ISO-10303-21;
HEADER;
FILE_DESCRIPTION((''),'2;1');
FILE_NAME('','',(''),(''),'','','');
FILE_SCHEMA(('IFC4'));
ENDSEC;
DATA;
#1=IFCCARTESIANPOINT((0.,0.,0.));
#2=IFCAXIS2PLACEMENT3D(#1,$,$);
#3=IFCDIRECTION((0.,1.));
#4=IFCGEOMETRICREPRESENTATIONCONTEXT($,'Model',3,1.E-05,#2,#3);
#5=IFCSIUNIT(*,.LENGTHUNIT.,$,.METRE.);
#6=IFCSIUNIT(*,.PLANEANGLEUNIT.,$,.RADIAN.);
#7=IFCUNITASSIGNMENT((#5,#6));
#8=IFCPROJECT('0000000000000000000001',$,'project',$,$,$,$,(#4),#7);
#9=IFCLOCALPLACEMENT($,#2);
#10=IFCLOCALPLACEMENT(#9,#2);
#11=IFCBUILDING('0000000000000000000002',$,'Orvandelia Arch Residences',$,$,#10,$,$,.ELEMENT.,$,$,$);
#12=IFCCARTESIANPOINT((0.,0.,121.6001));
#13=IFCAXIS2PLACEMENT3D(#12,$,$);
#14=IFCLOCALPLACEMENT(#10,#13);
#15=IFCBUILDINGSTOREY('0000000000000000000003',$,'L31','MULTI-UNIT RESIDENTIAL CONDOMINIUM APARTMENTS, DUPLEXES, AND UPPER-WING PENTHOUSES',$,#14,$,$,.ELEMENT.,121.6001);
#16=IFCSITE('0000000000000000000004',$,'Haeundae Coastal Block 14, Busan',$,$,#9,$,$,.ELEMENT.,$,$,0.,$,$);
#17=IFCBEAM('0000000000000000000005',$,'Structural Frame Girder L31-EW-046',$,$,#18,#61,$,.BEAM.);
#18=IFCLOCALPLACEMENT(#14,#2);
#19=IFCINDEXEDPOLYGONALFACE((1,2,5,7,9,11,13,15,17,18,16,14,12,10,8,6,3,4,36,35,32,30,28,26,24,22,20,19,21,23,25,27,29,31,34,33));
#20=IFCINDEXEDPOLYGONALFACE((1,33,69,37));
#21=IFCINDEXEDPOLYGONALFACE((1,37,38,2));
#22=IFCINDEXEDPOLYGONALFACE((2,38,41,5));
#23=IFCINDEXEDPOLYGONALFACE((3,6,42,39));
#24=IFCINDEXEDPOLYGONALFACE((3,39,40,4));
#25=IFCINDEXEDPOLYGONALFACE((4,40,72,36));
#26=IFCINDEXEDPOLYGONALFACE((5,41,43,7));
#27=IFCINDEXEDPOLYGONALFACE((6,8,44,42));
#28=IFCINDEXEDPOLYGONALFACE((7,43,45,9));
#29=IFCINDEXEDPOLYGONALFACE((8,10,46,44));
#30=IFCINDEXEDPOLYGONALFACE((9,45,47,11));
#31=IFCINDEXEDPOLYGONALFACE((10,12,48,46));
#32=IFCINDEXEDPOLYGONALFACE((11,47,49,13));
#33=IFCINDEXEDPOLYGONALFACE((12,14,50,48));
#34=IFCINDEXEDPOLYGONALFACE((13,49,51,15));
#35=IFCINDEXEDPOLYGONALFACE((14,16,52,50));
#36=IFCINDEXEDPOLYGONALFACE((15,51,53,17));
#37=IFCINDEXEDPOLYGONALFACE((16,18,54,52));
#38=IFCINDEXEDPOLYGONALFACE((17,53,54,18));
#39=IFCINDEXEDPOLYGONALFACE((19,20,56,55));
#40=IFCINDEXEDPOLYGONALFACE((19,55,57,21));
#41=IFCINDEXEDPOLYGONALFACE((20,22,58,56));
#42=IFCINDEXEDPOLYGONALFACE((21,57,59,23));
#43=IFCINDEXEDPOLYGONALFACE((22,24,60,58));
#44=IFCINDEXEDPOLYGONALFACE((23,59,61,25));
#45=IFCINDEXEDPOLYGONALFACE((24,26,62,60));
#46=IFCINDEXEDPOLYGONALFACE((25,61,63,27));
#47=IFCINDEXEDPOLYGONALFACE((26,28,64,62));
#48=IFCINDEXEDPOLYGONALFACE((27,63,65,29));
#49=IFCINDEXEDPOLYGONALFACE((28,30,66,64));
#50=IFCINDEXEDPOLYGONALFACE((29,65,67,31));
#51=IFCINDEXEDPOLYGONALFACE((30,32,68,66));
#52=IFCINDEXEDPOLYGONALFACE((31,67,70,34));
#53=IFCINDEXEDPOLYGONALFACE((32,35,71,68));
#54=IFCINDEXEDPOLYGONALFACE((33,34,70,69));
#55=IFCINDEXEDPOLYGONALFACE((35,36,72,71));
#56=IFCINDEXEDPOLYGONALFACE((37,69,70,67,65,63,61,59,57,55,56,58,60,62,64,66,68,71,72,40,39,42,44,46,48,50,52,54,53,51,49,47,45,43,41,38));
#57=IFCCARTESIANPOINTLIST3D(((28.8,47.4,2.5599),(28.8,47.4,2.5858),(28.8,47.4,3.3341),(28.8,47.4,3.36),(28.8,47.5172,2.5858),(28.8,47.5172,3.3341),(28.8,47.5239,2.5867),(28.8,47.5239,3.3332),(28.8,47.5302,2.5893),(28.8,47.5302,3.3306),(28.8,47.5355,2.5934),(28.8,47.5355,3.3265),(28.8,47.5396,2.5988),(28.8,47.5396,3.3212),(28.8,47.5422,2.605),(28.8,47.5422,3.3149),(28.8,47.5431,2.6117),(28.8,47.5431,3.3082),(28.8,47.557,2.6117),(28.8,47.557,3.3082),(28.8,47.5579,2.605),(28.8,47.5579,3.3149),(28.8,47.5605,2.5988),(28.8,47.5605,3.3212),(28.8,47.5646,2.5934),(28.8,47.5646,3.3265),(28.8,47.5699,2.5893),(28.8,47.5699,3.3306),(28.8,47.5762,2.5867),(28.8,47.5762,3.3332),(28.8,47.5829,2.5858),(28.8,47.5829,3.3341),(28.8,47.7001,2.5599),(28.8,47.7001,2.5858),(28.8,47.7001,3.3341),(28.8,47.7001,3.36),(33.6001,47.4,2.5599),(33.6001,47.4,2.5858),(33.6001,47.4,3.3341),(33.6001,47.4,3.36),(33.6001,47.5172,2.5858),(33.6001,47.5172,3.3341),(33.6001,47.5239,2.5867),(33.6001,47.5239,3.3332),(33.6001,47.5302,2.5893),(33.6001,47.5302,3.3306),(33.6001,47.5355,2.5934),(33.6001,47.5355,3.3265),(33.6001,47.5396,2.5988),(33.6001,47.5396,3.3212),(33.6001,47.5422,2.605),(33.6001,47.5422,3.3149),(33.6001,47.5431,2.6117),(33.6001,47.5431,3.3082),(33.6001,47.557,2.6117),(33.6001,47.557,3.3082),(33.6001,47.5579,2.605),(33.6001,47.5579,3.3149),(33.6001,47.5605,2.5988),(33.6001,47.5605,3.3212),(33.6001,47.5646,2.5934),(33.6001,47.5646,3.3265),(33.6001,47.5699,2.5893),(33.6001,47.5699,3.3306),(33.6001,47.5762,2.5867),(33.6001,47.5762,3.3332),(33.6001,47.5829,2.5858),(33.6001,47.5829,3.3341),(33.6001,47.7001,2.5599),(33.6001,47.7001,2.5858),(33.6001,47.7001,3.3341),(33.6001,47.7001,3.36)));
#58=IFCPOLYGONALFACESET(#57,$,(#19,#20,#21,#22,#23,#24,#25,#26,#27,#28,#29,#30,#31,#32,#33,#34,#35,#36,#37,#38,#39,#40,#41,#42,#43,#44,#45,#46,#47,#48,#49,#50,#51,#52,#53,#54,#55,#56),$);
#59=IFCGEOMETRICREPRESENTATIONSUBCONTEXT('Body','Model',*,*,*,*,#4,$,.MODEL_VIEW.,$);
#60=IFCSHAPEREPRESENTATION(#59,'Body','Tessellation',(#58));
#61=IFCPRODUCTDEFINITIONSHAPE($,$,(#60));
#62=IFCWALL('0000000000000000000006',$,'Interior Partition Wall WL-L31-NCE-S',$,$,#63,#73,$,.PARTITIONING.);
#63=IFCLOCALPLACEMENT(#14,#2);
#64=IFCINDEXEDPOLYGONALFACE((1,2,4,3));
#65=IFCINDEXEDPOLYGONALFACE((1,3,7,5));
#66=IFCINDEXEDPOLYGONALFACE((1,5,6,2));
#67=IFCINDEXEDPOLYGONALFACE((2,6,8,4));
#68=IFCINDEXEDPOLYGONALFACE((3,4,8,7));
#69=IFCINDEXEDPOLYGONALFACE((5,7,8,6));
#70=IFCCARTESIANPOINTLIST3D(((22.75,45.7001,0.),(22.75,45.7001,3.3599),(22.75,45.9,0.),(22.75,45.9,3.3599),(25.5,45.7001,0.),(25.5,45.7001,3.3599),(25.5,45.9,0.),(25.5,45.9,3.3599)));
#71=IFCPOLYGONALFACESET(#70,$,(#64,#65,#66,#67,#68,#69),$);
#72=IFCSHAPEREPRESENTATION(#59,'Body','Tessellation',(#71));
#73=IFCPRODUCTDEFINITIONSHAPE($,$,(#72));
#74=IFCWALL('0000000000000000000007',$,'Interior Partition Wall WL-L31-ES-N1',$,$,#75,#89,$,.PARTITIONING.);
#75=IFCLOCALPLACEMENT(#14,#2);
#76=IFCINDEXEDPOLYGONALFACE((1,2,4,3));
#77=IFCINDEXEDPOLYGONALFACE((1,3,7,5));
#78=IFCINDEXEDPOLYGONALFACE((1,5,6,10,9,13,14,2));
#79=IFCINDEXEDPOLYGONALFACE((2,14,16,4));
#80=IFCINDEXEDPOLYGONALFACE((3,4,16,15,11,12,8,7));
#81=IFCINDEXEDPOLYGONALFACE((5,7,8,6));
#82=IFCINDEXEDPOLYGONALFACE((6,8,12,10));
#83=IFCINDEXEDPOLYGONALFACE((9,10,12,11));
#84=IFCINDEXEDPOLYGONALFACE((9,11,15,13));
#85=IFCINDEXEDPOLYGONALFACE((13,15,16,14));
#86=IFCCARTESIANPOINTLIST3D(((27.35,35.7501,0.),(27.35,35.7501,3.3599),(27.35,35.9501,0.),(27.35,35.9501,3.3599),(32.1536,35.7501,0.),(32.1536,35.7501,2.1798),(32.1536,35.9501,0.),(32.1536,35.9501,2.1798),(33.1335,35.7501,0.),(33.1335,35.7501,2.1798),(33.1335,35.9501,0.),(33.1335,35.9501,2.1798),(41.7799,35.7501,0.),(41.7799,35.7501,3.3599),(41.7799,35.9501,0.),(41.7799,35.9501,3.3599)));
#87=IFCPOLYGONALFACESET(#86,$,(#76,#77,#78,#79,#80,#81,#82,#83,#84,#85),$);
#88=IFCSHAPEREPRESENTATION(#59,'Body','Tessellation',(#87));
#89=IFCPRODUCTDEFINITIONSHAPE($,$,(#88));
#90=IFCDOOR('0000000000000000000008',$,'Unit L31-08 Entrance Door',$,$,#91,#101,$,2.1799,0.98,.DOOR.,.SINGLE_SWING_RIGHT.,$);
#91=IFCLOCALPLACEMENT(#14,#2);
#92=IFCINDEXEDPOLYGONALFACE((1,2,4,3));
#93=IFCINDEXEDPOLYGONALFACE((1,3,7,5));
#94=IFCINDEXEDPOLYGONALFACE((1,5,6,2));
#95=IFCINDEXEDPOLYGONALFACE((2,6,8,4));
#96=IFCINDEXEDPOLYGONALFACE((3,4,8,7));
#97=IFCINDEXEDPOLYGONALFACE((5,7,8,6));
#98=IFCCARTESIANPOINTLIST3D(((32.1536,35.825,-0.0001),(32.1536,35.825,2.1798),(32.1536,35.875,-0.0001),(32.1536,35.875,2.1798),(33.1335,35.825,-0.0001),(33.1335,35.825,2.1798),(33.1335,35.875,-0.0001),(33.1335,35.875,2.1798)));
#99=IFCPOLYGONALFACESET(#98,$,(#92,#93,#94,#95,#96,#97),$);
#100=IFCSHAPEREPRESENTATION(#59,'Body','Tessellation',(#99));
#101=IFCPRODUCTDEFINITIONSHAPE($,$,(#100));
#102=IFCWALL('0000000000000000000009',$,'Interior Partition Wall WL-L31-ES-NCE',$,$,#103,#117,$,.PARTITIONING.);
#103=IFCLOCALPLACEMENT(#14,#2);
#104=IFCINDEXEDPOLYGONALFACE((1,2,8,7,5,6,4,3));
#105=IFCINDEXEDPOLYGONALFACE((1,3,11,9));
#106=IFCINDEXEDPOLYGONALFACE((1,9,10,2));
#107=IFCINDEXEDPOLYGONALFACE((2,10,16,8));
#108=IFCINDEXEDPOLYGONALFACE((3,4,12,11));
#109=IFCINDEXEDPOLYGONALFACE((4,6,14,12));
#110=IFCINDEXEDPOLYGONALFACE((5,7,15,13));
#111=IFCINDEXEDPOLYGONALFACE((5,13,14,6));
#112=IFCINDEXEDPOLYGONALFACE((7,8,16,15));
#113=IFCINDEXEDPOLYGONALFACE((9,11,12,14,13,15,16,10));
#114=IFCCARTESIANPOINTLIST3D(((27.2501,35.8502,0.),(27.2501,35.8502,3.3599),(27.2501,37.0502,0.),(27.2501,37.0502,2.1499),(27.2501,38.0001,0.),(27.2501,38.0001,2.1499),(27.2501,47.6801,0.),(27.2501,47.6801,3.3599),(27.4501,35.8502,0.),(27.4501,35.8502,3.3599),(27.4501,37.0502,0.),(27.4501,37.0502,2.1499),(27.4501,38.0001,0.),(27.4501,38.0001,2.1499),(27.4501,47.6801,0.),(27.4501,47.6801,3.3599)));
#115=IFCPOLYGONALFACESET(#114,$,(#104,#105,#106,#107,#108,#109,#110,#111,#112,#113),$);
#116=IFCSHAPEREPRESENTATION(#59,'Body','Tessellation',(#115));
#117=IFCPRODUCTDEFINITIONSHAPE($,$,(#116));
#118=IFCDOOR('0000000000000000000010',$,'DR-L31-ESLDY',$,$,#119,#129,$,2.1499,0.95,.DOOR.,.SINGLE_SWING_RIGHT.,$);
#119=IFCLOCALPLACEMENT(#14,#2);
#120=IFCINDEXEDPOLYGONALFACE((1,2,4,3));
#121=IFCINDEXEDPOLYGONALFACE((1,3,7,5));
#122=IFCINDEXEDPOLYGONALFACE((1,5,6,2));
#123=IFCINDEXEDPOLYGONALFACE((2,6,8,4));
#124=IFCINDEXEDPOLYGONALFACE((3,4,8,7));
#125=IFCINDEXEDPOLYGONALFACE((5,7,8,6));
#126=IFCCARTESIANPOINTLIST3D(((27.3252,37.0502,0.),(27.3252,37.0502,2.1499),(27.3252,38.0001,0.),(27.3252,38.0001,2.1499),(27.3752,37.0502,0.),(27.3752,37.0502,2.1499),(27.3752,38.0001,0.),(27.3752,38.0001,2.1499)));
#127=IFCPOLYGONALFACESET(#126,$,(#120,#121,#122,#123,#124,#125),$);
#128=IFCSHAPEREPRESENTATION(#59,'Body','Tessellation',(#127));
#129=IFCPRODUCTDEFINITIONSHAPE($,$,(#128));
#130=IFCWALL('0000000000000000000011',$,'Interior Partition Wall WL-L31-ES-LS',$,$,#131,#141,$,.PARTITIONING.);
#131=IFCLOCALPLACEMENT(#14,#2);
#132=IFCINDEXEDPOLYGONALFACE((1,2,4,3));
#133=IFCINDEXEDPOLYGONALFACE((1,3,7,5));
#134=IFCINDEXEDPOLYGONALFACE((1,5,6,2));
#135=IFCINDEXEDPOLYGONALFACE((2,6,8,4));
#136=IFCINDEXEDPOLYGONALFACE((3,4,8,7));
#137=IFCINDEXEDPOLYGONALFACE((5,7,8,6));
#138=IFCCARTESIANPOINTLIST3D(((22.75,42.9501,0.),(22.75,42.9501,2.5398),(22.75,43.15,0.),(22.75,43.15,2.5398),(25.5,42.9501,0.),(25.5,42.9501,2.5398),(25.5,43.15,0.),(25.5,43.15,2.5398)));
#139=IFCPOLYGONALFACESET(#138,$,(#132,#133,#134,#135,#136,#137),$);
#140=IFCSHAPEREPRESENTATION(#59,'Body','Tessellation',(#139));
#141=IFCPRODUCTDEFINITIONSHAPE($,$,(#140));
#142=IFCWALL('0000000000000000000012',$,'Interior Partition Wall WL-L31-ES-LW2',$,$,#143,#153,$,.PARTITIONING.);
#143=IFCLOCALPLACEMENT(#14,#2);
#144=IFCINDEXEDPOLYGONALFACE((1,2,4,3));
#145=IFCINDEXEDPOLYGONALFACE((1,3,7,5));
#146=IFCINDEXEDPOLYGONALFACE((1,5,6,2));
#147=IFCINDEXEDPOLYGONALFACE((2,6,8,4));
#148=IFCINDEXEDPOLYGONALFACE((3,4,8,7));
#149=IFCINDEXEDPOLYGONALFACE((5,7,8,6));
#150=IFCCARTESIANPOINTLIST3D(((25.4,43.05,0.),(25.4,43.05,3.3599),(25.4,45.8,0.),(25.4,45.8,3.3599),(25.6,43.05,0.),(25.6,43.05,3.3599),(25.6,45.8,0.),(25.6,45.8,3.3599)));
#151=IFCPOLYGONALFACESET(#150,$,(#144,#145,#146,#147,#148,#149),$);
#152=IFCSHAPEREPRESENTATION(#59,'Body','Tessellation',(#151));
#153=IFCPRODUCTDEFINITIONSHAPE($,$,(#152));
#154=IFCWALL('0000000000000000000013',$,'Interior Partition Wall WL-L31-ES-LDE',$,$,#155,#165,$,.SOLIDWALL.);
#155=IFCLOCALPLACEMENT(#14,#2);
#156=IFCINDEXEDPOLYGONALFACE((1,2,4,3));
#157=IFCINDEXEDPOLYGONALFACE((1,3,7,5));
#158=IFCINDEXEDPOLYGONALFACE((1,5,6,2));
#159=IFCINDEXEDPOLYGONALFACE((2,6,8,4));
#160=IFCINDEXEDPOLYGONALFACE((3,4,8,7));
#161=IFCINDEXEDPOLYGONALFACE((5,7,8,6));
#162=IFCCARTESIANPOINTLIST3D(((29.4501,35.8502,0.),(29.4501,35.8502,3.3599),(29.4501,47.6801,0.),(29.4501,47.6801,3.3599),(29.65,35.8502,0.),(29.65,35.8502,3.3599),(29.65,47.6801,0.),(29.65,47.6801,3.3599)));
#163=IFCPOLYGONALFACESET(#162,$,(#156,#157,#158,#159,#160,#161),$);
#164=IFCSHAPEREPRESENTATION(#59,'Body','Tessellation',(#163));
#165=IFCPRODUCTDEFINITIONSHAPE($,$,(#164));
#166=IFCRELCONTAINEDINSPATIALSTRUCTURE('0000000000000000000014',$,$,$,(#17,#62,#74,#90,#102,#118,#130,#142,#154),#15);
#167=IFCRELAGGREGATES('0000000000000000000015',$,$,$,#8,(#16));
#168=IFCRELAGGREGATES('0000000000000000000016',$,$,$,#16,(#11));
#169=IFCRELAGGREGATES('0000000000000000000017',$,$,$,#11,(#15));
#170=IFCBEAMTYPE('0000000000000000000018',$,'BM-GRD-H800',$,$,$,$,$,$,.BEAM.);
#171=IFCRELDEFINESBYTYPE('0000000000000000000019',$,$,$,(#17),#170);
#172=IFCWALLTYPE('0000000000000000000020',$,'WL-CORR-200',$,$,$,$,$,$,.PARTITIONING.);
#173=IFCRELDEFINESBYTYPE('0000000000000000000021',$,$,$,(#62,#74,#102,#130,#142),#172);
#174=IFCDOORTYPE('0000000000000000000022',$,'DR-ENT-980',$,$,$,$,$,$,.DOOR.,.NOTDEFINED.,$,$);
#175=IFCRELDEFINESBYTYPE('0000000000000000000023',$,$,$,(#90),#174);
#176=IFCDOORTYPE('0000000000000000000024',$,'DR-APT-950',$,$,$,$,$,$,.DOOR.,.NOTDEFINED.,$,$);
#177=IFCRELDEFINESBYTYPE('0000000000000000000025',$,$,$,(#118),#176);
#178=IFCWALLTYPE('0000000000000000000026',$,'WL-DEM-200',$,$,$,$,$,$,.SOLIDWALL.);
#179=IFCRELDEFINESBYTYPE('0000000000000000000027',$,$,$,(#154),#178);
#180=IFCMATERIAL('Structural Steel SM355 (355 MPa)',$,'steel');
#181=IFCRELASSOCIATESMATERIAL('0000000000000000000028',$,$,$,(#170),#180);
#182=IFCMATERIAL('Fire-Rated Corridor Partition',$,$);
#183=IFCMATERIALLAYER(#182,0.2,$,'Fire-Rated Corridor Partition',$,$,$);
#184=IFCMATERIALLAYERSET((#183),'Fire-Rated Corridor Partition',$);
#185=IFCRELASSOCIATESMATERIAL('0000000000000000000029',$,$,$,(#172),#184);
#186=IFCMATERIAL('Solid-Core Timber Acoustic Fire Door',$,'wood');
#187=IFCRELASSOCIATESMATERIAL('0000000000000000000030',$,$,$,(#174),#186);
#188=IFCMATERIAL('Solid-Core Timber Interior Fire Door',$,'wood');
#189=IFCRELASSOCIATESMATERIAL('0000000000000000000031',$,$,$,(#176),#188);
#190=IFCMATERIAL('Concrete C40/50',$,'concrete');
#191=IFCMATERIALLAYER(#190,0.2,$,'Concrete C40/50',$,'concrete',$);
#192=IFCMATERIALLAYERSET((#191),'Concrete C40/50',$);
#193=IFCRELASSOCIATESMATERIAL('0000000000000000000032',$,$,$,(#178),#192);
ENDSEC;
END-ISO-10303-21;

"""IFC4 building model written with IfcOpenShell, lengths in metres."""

from ifc_helpers import new_model, si_unit, direction, frame, frame_2d, origin, origin_2d, place, context, subcontext, project, spatial, rectangle, i_section, extrude, material, layer, layer_set, material_profile, profile_set, type_object, element, fill, save


model = new_model("IFC4")

# Units and contexts
model_context = context("Model", 3, precision=1e-05, world=origin(), true_north=direction((0.0, 1.0)))
body_context = subcontext(model_context, "Body", "Model", "MODEL_VIEW")
ifc_project = project(units=[si_unit("LENGTHUNIT", "METRE"), si_unit("PLANEANGLEUNIT", "RADIAN")], contexts=[model_context])

# Site, building, storey
site_placement = place(None, origin())
site = spatial("IfcSite", under=ifc_project, at=site_placement, Name="Haeundae Coastal Block 14, Busan", CompositionType="ELEMENT", RefElevation=0.0)
building_placement = place(site_placement, origin())
building = spatial("IfcBuilding", under=site, at=building_placement, Name="Orvandelia Arch Residences", CompositionType="ELEMENT")
storey_placement = place(building_placement, frame((0.0, 0.0, 121.6001)))
storey = spatial("IfcBuildingStorey", under=building, at=storey_placement, Name="L31", Description="MULTI-UNIT RESIDENTIAL CONDOMINIUM APARTMENTS, DUPLEXES, AND UPPER-WING PENTHOUSES", CompositionType="ELEMENT", Elevation=121.6001)

# Beam
ifc_material_1 = material(Name="Structural Steel SM355 (355 MPa)", Category="steel")
ifc_material_profile_1 = material_profile(ifc_material_1, i_section(OverallWidth=0.3, OverallDepth=0.8, WebThickness=0.0139, FlangeThickness=0.0259, FilletRadius=0.0259, at=origin_2d()), Name="Structural Steel SM355 (355 MPa)", Category="steel")
ifc_profile_set_1 = profile_set([ifc_material_profile_1], Name="Structural Steel SM355 (355 MPa)")
beam_type = type_object("IfcBeamType", Name="BM-GRD-H800", PredefinedType="BEAM", material=ifc_profile_set_1)
beam_1_placement = place(storey_placement, frame((28.8, 47.55, 2.96), z_axis=(1.0, 0.0, 0.0), x_axis=(0.0, 1.0, 0.0)))
element("IfcBeam", 1, at=beam_1_placement, inside=storey, type_object=beam_type, Name="Structural Frame Girder L31-EW-046", PredefinedType="BEAM", context=body_context, shape_type="SweptSolid", body=[
    extrude(i_section(OverallWidth=0.3, OverallDepth=0.8, WebThickness=0.0139, FlangeThickness=0.0259, FilletRadius=0.0259, at=origin_2d()), origin(), (0.0, 0.0, 1.0), 4.8),
])

# Wall
ifc_material_2 = material(Name="Fire-Rated Corridor Partition")
ifc_layer_1 = layer(ifc_material_2, 0.2, Name="Fire-Rated Corridor Partition")
ifc_layer_set_1 = layer_set([ifc_layer_1], Name="Fire-Rated Corridor Partition")
wall_type_1 = type_object("IfcWallType", Name="WL-CORR-200", PredefinedType="PARTITIONING", material=ifc_layer_set_1)
wall_1_placement = place(storey_placement, frame((22.75, 45.8, 0.0), z_axis=(0.0, 0.0, 1.0), x_axis=(1.0, 0.0, 0.0)))
element("IfcWall", 2, at=wall_1_placement, inside=storey, type_object=wall_type_1, Name="Interior Partition Wall WL-L31-NCE-S", PredefinedType="PARTITIONING", context=body_context, shape_type="SweptSolid", body=[
    extrude(rectangle(XDim=2.75, YDim=0.2, at=frame_2d((1.375, 0.0))), origin(), (0.0, 0.0, 1.0), 3.3599),
])

# Walls, openings, doors
wall_2_placement = place(storey_placement, frame((27.3501, 35.8501, 0.0), z_axis=(0.0, 0.0, 1.0), x_axis=(1.0, 0.0, 0.0)))
wall_2 = element("IfcWall", 3, at=wall_2_placement, inside=storey, type_object=wall_type_1, Name="Interior Partition Wall WL-L31-ES-N1", PredefinedType="PARTITIONING", context=body_context, shape_type="SweptSolid", body=[
    extrude(rectangle(XDim=14.4299, YDim=0.2, at=frame_2d((7.2148, 0.0))), origin(), (0.0, 0.0, 1.0), 3.3599),
])
opening_1_placement = place(wall_2_placement, frame((4.8035, 0.0, 0.0)))
opening_1 = element("IfcOpeningElement", 4, at=opening_1_placement, cuts=wall_2, PredefinedType="OPENING", context=body_context, shape_type="SweptSolid", body=[
    extrude(rectangle(XDim=0.98, YDim=2.1799, at=frame_2d((0.49, 1.0898))), frame((0.0, 0.1099, 0.0), z_axis=(0.0, -1.0, 0.0), x_axis=(1.0, 0.0, 0.0)), (0.0, 0.0, 1.0), 0.22),
])
ifc_material_3 = material(Name="Solid-Core Timber Acoustic Fire Door", Category="wood")
door_type_1 = type_object("IfcDoorType", Name="DR-ENT-980", OperationType="NOTDEFINED", PredefinedType="DOOR", material=ifc_material_3)
door_1_placement = place(opening_1_placement, origin())
door_1 = element("IfcDoor", 5, at=door_1_placement, inside=storey, type_object=door_type_1, Name="Unit L31-08 Entrance Door", OperationType="SINGLE_SWING_RIGHT", OverallHeight=2.1799, OverallWidth=0.98, PredefinedType="DOOR", context=body_context, shape_type="SweptSolid", body=[
    extrude(rectangle(XDim=0.98, YDim=2.1799, at=frame_2d((0.49, 1.0898))), frame((0.0, 0.0249, 0.0), z_axis=(0.0, -1.0, 0.0), x_axis=(1.0, 0.0, 0.0)), (0.0, 0.0, 1.0), 0.05),
])
fill(opening_1, door_1)
wall_3_placement = place(storey_placement, frame((27.3501, 35.8501, 0.0), z_axis=(0.0, 0.0, 1.0), x_axis=(0.0, 1.0, 0.0)))
wall_3 = element("IfcWall", 6, at=wall_3_placement, inside=storey, type_object=wall_type_1, Name="Interior Partition Wall WL-L31-ES-NCE", PredefinedType="PARTITIONING", context=body_context, shape_type="SweptSolid", body=[
    extrude(rectangle(XDim=11.8298, YDim=0.2, at=frame_2d((5.915, 0.0))), origin(), (0.0, 0.0, 1.0), 3.3599),
])
opening_2_placement = place(wall_3_placement, frame((1.2, 0.0, 0.0)))
opening_2 = element("IfcOpeningElement", 7, at=opening_2_placement, cuts=wall_3, PredefinedType="OPENING", context=body_context, shape_type="SweptSolid", body=[
    extrude(rectangle(XDim=0.95, YDim=2.1499, at=frame_2d((0.4751, 1.075))), frame((0.0, 0.1099, 0.0), z_axis=(0.0, -1.0, 0.0), x_axis=(1.0, 0.0, 0.0)), (0.0, 0.0, 1.0), 0.22),
])
ifc_material_4 = material(Name="Solid-Core Timber Interior Fire Door", Category="wood")
door_type_2 = type_object("IfcDoorType", Name="DR-APT-950", OperationType="NOTDEFINED", PredefinedType="DOOR", material=ifc_material_4)
door_2_placement = place(opening_2_placement, origin())
door_2 = element("IfcDoor", 8, at=door_2_placement, inside=storey, type_object=door_type_2, Name="DR-L31-ESLDY", OperationType="SINGLE_SWING_RIGHT", OverallHeight=2.1499, OverallWidth=0.95, PredefinedType="DOOR", context=body_context, shape_type="SweptSolid", body=[
    extrude(rectangle(XDim=0.95, YDim=2.1499, at=frame_2d((0.4751, 1.075))), frame((0.0, 0.0249, 0.0), z_axis=(0.0, -1.0, 0.0), x_axis=(1.0, 0.0, 0.0)), (0.0, 0.0, 1.0), 0.05),
])
fill(opening_2, door_2)

# Walls
wall_4_placement = place(storey_placement, frame((22.75, 43.05, 0.0), z_axis=(0.0, 0.0, 1.0), x_axis=(1.0, 0.0, 0.0)))
element("IfcWall", 9, at=wall_4_placement, inside=storey, type_object=wall_type_1, Name="Interior Partition Wall WL-L31-ES-LS", PredefinedType="PARTITIONING", context=body_context, shape_type="SweptSolid", body=[
    extrude(rectangle(XDim=2.75, YDim=0.2, at=frame_2d((1.375, 0.0))), origin(), (0.0, 0.0, 1.0), 2.5398),
])
wall_5_placement = place(storey_placement, frame((25.5, 43.05, 0.0), z_axis=(0.0, 0.0, 1.0), x_axis=(0.0, 1.0, 0.0)))
element("IfcWall", 10, at=wall_5_placement, inside=storey, type_object=wall_type_1, Name="Interior Partition Wall WL-L31-ES-LW2", PredefinedType="PARTITIONING", context=body_context, shape_type="SweptSolid", body=[
    extrude(rectangle(XDim=2.75, YDim=0.2, at=frame_2d((1.375, 0.0))), origin(), (0.0, 0.0, 1.0), 3.3599),
])
ifc_material_5 = material(Name="Concrete C40/50", Category="concrete")
ifc_layer_2 = layer(ifc_material_5, 0.2, Name="Concrete C40/50", Category="concrete")
ifc_layer_set_2 = layer_set([ifc_layer_2], Name="Concrete C40/50")
wall_type_2 = type_object("IfcWallType", Name="WL-DEM-200", PredefinedType="SOLIDWALL", material=ifc_layer_set_2)
wall_6_placement = place(storey_placement, frame((29.55, 35.8501, 0.0), z_axis=(0.0, 0.0, 1.0), x_axis=(0.0, 1.0, 0.0)))
element("IfcWall", 11, at=wall_6_placement, inside=storey, type_object=wall_type_2, Name="Interior Partition Wall WL-L31-ES-LDE", PredefinedType="SOLIDWALL", context=body_context, shape_type="SweptSolid", body=[
    extrude(rectangle(XDim=11.8298, YDim=0.2, at=frame_2d((5.915, 0.0))), origin(), (0.0, 0.0, 1.0), 3.3599),
])

save(model, "model.ifc")
